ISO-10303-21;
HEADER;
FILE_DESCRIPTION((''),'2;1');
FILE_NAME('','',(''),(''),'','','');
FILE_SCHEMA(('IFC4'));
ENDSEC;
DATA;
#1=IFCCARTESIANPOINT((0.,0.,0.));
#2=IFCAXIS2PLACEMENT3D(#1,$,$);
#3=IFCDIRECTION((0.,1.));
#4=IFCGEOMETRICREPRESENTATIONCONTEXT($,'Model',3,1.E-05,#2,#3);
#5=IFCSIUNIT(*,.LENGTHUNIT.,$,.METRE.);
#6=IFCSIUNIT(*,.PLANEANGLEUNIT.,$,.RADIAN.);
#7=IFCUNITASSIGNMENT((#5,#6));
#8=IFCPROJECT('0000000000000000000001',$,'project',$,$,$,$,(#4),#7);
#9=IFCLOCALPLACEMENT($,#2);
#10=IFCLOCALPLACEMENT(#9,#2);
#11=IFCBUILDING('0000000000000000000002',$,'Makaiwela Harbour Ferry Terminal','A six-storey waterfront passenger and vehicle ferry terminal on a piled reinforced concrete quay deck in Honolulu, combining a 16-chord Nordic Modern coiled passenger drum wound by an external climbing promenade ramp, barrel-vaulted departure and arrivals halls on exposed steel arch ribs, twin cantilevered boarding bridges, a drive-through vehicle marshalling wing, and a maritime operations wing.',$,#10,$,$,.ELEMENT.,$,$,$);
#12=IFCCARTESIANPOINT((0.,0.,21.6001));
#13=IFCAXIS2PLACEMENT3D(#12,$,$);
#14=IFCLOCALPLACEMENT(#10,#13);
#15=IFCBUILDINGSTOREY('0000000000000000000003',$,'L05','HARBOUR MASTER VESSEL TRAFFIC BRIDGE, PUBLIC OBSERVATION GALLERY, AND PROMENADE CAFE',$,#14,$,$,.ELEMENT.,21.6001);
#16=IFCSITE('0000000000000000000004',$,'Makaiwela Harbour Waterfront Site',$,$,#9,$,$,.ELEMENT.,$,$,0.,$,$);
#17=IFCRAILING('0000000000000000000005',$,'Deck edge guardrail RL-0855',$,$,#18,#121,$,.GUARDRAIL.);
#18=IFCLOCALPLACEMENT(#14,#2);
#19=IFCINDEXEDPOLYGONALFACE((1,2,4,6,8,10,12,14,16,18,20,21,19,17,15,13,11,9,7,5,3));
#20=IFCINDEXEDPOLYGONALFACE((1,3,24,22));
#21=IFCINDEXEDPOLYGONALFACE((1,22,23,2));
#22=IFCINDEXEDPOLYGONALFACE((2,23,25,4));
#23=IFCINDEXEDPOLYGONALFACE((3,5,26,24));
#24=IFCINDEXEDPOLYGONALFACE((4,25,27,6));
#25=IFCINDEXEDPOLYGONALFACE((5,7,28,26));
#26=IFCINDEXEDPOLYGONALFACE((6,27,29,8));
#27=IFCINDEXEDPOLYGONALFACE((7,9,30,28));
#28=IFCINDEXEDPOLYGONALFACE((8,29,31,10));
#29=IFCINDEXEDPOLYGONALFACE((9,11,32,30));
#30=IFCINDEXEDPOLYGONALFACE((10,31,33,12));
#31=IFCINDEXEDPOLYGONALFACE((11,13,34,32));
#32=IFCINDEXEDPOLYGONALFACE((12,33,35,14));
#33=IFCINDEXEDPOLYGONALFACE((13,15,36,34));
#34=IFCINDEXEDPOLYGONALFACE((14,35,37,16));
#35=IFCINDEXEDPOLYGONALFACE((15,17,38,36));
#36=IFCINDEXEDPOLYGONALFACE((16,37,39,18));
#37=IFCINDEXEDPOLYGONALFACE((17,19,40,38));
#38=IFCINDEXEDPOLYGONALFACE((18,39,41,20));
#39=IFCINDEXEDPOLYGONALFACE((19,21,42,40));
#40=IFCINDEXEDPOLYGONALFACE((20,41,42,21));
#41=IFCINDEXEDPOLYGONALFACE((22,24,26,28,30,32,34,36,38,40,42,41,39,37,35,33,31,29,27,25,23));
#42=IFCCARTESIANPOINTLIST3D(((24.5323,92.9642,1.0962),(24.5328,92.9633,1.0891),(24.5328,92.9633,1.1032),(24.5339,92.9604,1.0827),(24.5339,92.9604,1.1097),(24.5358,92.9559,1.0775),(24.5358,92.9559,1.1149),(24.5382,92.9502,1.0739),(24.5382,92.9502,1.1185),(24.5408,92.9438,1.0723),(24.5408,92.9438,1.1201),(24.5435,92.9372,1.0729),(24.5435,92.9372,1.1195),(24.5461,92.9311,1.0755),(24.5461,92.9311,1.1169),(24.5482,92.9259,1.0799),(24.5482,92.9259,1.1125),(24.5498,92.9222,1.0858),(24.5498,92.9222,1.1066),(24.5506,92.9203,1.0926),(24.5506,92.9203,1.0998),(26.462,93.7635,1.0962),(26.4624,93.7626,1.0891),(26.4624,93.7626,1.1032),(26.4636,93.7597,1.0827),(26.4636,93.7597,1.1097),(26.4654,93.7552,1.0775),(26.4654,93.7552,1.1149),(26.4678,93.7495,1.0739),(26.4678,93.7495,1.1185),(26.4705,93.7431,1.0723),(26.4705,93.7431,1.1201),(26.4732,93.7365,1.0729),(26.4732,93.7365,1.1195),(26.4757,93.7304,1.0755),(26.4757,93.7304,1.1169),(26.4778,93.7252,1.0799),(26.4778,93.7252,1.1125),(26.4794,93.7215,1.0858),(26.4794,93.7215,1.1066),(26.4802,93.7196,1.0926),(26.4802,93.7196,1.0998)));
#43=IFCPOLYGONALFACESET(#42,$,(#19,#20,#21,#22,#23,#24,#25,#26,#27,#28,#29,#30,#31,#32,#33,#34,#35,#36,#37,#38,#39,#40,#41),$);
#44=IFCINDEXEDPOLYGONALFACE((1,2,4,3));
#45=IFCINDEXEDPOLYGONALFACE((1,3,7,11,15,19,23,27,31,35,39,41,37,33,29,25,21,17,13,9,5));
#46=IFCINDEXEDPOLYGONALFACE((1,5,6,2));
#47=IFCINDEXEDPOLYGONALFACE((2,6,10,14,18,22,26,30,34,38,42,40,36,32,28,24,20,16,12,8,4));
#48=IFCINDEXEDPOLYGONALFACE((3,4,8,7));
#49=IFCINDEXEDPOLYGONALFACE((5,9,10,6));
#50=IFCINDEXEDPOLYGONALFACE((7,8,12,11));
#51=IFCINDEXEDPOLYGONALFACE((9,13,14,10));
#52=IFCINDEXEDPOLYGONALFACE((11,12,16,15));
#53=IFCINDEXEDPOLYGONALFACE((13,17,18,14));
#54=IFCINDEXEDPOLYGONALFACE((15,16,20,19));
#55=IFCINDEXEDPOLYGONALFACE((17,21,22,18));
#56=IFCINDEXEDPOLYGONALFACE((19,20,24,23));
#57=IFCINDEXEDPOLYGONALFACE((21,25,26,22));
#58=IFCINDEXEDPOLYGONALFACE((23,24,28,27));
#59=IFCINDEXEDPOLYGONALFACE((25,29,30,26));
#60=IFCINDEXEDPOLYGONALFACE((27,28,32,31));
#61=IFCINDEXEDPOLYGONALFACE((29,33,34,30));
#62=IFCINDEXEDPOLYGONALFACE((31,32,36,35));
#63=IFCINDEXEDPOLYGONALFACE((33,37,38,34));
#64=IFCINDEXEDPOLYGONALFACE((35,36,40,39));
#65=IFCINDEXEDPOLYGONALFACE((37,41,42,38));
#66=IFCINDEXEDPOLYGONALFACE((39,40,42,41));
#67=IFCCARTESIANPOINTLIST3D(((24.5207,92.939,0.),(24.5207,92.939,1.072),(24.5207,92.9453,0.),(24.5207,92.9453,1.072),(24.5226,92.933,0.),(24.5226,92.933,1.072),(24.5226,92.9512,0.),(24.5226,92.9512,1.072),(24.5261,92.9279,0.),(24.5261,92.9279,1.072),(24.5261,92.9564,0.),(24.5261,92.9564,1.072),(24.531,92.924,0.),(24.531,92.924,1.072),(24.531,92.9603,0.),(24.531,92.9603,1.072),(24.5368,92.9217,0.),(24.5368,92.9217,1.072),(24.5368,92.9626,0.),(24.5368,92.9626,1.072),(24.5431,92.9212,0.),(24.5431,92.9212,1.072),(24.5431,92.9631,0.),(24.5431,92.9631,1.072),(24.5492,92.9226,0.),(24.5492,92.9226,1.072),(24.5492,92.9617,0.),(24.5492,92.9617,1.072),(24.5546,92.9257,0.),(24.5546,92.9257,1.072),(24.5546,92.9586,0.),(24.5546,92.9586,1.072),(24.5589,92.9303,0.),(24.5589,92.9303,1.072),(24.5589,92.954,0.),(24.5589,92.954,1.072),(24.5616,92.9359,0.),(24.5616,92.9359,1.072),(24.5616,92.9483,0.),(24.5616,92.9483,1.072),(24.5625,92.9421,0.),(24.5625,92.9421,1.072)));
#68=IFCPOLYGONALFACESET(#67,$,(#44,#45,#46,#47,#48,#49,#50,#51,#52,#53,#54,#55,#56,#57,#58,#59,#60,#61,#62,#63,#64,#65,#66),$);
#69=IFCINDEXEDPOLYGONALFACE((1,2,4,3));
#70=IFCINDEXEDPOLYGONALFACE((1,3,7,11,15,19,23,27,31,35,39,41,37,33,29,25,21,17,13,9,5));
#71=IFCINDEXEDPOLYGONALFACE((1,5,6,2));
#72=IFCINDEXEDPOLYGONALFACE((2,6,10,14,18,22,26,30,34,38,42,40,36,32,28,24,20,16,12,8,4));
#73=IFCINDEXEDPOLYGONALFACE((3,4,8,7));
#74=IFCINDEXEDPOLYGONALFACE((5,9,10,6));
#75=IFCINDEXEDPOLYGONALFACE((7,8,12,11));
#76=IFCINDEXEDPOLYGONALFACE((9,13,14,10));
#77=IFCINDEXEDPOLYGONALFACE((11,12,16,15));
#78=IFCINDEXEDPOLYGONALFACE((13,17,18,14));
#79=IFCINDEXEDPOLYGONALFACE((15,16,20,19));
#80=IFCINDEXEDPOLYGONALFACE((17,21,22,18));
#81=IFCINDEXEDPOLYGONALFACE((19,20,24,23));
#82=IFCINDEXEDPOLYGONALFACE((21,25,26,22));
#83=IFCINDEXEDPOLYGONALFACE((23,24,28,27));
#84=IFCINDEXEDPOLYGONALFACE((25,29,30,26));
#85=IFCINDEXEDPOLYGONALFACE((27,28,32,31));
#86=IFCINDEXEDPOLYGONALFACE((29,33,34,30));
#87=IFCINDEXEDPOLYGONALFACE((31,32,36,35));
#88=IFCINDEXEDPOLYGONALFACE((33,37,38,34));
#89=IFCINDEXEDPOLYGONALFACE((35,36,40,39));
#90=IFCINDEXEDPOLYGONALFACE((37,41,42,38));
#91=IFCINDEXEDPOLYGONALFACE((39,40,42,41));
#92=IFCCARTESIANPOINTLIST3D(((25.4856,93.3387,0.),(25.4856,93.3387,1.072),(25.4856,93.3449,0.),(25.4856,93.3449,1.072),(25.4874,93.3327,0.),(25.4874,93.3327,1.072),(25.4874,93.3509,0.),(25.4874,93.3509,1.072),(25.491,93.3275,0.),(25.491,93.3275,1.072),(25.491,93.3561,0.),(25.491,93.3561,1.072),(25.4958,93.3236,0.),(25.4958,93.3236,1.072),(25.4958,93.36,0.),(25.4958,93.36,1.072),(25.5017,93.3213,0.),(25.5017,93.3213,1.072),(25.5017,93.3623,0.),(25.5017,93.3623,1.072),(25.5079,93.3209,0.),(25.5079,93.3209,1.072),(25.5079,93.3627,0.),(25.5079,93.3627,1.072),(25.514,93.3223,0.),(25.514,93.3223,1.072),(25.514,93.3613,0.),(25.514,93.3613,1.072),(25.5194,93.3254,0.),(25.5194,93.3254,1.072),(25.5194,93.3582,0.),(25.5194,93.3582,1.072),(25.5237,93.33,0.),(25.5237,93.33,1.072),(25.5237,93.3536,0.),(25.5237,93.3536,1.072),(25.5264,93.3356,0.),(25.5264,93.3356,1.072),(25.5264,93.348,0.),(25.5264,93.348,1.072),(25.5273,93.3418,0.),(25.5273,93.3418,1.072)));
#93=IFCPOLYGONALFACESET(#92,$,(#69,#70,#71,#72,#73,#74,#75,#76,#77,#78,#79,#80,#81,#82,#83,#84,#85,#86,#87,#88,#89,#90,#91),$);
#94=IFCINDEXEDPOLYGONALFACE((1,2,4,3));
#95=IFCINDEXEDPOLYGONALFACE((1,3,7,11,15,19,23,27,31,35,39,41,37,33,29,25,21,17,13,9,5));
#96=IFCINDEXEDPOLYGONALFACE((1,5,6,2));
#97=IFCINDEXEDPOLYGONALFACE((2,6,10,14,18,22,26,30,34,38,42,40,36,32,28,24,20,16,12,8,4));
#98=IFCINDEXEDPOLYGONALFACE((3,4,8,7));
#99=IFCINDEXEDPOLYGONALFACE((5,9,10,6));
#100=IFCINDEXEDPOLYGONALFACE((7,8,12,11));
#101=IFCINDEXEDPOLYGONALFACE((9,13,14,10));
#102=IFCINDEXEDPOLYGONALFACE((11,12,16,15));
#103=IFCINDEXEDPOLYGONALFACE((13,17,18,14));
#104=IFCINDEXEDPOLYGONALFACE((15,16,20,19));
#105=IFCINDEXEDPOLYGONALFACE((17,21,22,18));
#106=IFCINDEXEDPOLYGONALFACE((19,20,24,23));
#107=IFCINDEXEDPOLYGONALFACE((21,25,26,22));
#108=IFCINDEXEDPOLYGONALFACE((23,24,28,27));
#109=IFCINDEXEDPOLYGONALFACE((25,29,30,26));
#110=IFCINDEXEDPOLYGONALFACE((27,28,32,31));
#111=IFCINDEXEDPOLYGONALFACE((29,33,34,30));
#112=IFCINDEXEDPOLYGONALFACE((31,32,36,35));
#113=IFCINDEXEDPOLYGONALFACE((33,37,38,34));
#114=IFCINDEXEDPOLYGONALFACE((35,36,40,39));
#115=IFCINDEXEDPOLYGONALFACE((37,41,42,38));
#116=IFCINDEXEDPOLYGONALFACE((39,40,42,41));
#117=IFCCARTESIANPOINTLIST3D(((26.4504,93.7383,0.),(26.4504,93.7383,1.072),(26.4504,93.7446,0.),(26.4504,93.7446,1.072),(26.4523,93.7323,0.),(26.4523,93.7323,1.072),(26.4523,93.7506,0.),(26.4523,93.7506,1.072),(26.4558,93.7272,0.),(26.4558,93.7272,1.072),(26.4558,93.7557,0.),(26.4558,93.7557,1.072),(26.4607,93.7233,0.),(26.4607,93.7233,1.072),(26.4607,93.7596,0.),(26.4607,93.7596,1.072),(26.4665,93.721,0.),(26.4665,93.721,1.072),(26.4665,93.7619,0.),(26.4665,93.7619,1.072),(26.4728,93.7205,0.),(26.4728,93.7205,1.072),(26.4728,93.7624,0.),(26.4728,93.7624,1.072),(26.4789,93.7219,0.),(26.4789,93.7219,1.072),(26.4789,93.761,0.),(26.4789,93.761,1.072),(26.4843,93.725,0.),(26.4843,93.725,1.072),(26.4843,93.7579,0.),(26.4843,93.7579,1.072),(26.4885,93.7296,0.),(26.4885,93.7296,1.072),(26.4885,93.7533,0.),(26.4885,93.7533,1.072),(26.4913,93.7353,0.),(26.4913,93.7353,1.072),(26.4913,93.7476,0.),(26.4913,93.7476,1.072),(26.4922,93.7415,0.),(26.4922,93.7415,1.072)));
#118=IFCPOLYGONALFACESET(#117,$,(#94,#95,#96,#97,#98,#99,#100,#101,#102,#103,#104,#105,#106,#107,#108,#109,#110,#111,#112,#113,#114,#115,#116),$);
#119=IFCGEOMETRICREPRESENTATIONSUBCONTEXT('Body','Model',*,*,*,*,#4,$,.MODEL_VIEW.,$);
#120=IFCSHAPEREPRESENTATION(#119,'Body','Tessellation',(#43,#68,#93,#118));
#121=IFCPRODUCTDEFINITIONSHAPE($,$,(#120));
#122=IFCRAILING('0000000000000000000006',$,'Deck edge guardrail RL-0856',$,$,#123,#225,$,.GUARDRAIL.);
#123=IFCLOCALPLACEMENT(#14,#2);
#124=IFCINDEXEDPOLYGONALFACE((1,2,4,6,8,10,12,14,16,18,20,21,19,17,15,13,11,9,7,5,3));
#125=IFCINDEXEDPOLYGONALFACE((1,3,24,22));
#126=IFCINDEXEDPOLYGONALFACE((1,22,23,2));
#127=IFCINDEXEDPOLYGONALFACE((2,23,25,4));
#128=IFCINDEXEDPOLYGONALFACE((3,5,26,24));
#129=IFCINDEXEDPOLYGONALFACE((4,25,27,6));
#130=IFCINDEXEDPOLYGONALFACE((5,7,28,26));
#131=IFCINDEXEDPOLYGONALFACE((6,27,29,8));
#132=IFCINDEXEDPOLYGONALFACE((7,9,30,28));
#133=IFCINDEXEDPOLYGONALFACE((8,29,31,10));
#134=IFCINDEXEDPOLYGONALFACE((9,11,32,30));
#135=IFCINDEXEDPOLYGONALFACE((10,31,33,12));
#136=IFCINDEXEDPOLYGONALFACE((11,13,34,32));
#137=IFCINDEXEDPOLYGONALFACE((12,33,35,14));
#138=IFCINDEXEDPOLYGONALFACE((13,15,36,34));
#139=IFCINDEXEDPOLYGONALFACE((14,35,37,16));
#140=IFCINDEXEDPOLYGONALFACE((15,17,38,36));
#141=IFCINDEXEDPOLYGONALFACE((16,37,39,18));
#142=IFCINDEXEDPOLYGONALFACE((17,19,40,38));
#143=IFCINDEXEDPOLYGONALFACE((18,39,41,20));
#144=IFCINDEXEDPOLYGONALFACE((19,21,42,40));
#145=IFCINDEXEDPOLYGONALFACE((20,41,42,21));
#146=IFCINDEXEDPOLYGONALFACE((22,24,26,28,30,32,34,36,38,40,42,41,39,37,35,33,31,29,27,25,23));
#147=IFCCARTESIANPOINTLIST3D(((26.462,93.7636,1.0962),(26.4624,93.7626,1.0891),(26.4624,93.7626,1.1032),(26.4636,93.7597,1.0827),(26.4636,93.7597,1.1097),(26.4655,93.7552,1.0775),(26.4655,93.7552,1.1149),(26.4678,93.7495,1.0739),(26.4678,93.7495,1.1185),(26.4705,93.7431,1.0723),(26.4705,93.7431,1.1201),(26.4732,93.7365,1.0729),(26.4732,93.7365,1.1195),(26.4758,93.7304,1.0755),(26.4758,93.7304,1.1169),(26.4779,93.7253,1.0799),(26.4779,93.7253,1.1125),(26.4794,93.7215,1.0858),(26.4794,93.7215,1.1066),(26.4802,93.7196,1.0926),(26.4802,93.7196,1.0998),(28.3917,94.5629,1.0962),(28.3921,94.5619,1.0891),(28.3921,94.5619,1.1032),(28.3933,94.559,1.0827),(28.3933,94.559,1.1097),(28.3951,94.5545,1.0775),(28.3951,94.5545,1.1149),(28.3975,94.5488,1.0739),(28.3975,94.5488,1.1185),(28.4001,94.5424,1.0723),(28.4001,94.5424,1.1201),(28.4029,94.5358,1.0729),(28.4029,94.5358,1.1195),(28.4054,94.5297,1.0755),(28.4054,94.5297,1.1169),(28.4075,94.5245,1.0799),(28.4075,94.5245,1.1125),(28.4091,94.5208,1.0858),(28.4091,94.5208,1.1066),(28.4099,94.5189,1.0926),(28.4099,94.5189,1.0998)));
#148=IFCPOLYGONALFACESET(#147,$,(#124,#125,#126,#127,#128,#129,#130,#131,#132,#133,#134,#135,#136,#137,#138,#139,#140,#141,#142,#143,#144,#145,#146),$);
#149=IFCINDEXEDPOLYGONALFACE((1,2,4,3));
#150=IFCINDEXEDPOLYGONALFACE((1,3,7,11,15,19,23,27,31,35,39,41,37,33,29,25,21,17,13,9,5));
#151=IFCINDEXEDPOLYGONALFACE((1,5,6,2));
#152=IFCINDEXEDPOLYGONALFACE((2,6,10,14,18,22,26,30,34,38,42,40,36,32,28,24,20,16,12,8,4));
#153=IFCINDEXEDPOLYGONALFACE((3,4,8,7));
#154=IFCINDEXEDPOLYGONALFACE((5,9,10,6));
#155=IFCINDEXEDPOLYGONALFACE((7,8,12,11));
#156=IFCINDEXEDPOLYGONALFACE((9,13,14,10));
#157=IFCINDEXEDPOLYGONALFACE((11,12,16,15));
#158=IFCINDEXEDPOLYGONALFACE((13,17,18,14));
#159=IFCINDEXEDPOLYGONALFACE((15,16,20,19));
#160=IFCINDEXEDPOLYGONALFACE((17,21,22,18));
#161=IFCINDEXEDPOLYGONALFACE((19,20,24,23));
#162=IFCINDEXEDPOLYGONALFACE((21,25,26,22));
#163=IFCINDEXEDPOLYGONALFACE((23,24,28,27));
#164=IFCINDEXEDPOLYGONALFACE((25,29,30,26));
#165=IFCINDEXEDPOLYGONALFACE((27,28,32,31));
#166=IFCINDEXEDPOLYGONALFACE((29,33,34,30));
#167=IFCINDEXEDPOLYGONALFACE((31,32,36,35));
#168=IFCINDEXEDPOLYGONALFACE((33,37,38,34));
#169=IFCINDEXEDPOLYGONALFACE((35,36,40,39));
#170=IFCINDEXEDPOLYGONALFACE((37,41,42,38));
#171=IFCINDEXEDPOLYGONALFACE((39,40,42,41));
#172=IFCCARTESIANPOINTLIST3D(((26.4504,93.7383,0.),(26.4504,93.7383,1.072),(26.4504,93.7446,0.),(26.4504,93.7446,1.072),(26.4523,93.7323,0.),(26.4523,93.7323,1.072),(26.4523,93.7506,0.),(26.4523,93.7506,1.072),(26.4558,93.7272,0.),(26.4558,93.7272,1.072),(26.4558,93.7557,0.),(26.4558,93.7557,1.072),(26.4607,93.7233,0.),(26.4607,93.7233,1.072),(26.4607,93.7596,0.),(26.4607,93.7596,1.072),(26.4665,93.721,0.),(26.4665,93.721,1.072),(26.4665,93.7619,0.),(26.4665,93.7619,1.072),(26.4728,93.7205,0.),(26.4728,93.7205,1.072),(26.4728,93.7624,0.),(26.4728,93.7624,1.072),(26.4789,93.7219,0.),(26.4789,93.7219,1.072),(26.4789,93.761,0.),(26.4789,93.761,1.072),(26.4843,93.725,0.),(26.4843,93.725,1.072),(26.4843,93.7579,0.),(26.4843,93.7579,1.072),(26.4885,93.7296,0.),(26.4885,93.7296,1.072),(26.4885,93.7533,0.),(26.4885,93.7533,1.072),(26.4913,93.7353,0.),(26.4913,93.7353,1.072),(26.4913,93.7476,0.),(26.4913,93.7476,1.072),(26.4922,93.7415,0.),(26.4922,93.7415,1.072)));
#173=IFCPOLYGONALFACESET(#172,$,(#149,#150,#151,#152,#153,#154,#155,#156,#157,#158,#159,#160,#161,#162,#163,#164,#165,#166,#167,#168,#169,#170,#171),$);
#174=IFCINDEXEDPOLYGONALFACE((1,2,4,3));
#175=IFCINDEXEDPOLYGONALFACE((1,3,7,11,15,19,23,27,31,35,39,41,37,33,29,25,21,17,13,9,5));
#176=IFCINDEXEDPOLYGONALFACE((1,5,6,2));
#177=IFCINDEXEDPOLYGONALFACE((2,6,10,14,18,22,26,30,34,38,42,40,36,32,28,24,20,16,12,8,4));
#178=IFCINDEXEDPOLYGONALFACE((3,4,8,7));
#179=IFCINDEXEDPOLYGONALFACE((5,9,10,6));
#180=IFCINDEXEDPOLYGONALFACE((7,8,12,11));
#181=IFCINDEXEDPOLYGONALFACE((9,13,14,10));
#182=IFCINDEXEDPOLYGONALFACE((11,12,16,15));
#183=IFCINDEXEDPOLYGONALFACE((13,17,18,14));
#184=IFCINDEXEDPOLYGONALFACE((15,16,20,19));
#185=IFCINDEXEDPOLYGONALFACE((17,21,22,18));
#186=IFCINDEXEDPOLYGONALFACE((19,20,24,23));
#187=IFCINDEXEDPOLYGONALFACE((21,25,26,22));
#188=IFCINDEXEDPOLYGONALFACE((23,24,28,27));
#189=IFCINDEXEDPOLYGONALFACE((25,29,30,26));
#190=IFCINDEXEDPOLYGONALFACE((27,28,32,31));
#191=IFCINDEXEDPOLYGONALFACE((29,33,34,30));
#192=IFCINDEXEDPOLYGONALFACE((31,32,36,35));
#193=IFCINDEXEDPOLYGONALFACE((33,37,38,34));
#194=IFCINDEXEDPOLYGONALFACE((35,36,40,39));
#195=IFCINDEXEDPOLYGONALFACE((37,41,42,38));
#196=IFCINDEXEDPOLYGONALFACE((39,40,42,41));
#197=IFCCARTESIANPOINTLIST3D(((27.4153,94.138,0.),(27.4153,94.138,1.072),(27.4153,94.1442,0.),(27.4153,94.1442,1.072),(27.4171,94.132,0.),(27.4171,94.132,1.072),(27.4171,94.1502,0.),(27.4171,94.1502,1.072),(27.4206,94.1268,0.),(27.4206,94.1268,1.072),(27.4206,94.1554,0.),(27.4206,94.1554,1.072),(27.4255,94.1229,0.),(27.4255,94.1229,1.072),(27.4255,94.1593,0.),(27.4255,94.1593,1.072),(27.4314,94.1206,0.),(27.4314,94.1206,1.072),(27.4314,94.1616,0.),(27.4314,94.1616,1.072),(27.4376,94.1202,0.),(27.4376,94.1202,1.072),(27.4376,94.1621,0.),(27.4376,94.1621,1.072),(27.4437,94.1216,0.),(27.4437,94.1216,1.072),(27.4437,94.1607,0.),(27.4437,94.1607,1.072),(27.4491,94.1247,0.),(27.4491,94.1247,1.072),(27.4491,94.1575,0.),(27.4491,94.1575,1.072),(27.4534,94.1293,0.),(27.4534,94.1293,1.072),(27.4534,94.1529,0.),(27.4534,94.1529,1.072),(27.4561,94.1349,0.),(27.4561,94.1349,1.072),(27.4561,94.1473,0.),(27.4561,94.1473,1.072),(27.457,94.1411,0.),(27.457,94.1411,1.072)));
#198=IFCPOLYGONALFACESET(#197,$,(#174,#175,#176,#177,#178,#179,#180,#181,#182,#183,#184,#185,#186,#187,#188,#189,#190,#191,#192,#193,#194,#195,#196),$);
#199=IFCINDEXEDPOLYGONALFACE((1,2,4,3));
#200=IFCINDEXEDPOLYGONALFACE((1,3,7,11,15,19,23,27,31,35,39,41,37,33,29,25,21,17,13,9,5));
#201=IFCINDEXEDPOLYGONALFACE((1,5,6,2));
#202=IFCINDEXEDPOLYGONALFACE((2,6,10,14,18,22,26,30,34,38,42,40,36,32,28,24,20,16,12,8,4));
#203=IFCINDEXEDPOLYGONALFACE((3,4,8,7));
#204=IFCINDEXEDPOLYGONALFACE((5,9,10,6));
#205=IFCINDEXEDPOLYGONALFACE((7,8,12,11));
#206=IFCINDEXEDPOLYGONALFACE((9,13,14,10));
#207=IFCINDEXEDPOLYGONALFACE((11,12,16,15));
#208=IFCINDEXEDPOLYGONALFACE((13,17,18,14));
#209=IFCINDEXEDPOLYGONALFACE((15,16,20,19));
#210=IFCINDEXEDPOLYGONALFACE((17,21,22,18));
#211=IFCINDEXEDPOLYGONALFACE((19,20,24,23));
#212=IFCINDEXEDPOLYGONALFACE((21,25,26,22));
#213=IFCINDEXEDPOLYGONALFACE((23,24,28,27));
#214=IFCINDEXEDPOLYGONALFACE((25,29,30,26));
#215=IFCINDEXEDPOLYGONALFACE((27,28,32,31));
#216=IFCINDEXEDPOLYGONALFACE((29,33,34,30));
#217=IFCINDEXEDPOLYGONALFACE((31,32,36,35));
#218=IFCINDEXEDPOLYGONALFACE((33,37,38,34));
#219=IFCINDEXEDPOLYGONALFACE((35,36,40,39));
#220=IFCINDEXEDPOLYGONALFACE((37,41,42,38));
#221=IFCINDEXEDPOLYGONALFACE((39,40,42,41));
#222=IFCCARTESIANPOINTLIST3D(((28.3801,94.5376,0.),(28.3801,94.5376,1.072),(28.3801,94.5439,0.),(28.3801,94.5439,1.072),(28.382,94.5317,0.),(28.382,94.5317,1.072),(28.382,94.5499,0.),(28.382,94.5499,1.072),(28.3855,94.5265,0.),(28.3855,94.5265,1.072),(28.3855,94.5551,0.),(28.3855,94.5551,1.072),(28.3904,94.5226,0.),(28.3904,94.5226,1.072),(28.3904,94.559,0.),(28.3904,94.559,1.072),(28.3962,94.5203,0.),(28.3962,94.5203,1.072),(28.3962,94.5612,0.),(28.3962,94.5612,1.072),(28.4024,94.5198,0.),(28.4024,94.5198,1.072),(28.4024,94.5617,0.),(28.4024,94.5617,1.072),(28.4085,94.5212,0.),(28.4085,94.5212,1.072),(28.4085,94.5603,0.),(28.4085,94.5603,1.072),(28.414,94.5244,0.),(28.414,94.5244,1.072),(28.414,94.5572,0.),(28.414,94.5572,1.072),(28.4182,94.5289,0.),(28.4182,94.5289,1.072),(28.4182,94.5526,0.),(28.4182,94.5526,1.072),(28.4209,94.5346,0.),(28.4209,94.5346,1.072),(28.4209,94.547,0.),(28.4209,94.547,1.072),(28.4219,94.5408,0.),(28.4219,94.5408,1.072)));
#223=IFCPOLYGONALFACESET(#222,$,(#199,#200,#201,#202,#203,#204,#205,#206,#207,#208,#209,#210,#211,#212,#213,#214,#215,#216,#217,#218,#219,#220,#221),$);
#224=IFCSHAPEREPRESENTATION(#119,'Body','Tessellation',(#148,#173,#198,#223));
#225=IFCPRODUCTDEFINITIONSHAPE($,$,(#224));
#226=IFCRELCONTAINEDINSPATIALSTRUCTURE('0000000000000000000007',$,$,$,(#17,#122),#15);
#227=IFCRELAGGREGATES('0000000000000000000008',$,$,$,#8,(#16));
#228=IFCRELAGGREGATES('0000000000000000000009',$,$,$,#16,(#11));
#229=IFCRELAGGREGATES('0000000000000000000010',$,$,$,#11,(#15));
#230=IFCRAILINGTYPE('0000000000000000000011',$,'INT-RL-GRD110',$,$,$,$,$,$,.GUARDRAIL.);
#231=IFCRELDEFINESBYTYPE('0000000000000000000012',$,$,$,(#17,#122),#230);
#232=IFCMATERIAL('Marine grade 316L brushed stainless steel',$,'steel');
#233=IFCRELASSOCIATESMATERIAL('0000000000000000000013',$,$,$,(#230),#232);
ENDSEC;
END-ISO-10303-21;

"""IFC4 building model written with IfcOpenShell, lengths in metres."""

from ifc_helpers import new_model, si_unit, direction, frame, origin, origin_2d, place, context, subcontext, project, spatial, circle, extrude, material, type_object, element, save


model = new_model("IFC4")

# Units and contexts
model_context = context("Model", 3, precision=1e-05, world=origin(), true_north=direction((0.0, 1.0)))
body_context = subcontext(model_context, "Body", "Model", "MODEL_VIEW")
ifc_project = project(units=[si_unit("LENGTHUNIT", "METRE"), si_unit("PLANEANGLEUNIT", "RADIAN")], contexts=[model_context])

# Site, building, storey
site_placement = place(None, origin())
site = spatial("IfcSite", under=ifc_project, at=site_placement, Name="Makaiwela Harbour Waterfront Site", CompositionType="ELEMENT", RefElevation=0.0)
building_placement = place(site_placement, origin())
building = spatial("IfcBuilding", under=site, at=building_placement, Name="Makaiwela Harbour Ferry Terminal", Description="A six-storey waterfront passenger and vehicle ferry terminal on a piled reinforced concrete quay deck in Honolulu, combining a 16-chord Nordic Modern coiled passenger drum wound by an external climbing promenade ramp, barrel-vaulted departure and arrivals halls on exposed steel arch ribs, twin cantilevered boarding bridges, a drive-through vehicle marshalling wing, and a maritime operations wing.", CompositionType="ELEMENT")
storey_placement = place(building_placement, frame((0.0, 0.0, 21.6001)))
storey = spatial("IfcBuildingStorey", under=building, at=storey_placement, Name="L05", Description="HARBOUR MASTER VESSEL TRAFFIC BRIDGE, PUBLIC OBSERVATION GALLERY, AND PROMENADE CAFE", CompositionType="ELEMENT", Elevation=21.6001)

# Railings
ifc_material_1 = material(Name="Marine grade 316L brushed stainless steel", Category="steel")
railing_type = type_object("IfcRailingType", Name="INT-RL-GRD110", PredefinedType="GUARDRAIL", material=ifc_material_1)
for number, where, name in (
    (1, (24.5415, 92.9421, 0.0), "Deck edge guardrail RL-0855"),
    (2, (26.4712, 93.7415, 0.0), "Deck edge guardrail RL-0856"),
):
    element("IfcRailing", number, at=place(storey_placement, frame(where)), inside=storey, type_object=railing_type, Name=name, PredefinedType="GUARDRAIL", context=body_context, shape_type="SweptSolid", body=[
        extrude(circle(Radius=0.0239, at=origin_2d()), frame((0.0, 0.0, 1.0962), z_axis=(0.923877, 0.382689, 0.0), x_axis=(-0.382689, 0.923877, 0.0)), (0.0, 0.0, 1.0), 2.0886),
        extrude(circle(Radius=0.021, at=origin_2d()), origin(), (0.0, 0.0, 1.0), 1.072),
        extrude(circle(Radius=0.021, at=origin_2d()), frame((0.9648, 0.3997, 0.0)), (0.0, 0.0, 1.0), 1.072),
        extrude(circle(Radius=0.021, at=origin_2d()), frame((1.9297, 0.7993, 0.0)), (0.0, 0.0, 1.0), 1.072),
    ])

save(model, "model.ifc")
